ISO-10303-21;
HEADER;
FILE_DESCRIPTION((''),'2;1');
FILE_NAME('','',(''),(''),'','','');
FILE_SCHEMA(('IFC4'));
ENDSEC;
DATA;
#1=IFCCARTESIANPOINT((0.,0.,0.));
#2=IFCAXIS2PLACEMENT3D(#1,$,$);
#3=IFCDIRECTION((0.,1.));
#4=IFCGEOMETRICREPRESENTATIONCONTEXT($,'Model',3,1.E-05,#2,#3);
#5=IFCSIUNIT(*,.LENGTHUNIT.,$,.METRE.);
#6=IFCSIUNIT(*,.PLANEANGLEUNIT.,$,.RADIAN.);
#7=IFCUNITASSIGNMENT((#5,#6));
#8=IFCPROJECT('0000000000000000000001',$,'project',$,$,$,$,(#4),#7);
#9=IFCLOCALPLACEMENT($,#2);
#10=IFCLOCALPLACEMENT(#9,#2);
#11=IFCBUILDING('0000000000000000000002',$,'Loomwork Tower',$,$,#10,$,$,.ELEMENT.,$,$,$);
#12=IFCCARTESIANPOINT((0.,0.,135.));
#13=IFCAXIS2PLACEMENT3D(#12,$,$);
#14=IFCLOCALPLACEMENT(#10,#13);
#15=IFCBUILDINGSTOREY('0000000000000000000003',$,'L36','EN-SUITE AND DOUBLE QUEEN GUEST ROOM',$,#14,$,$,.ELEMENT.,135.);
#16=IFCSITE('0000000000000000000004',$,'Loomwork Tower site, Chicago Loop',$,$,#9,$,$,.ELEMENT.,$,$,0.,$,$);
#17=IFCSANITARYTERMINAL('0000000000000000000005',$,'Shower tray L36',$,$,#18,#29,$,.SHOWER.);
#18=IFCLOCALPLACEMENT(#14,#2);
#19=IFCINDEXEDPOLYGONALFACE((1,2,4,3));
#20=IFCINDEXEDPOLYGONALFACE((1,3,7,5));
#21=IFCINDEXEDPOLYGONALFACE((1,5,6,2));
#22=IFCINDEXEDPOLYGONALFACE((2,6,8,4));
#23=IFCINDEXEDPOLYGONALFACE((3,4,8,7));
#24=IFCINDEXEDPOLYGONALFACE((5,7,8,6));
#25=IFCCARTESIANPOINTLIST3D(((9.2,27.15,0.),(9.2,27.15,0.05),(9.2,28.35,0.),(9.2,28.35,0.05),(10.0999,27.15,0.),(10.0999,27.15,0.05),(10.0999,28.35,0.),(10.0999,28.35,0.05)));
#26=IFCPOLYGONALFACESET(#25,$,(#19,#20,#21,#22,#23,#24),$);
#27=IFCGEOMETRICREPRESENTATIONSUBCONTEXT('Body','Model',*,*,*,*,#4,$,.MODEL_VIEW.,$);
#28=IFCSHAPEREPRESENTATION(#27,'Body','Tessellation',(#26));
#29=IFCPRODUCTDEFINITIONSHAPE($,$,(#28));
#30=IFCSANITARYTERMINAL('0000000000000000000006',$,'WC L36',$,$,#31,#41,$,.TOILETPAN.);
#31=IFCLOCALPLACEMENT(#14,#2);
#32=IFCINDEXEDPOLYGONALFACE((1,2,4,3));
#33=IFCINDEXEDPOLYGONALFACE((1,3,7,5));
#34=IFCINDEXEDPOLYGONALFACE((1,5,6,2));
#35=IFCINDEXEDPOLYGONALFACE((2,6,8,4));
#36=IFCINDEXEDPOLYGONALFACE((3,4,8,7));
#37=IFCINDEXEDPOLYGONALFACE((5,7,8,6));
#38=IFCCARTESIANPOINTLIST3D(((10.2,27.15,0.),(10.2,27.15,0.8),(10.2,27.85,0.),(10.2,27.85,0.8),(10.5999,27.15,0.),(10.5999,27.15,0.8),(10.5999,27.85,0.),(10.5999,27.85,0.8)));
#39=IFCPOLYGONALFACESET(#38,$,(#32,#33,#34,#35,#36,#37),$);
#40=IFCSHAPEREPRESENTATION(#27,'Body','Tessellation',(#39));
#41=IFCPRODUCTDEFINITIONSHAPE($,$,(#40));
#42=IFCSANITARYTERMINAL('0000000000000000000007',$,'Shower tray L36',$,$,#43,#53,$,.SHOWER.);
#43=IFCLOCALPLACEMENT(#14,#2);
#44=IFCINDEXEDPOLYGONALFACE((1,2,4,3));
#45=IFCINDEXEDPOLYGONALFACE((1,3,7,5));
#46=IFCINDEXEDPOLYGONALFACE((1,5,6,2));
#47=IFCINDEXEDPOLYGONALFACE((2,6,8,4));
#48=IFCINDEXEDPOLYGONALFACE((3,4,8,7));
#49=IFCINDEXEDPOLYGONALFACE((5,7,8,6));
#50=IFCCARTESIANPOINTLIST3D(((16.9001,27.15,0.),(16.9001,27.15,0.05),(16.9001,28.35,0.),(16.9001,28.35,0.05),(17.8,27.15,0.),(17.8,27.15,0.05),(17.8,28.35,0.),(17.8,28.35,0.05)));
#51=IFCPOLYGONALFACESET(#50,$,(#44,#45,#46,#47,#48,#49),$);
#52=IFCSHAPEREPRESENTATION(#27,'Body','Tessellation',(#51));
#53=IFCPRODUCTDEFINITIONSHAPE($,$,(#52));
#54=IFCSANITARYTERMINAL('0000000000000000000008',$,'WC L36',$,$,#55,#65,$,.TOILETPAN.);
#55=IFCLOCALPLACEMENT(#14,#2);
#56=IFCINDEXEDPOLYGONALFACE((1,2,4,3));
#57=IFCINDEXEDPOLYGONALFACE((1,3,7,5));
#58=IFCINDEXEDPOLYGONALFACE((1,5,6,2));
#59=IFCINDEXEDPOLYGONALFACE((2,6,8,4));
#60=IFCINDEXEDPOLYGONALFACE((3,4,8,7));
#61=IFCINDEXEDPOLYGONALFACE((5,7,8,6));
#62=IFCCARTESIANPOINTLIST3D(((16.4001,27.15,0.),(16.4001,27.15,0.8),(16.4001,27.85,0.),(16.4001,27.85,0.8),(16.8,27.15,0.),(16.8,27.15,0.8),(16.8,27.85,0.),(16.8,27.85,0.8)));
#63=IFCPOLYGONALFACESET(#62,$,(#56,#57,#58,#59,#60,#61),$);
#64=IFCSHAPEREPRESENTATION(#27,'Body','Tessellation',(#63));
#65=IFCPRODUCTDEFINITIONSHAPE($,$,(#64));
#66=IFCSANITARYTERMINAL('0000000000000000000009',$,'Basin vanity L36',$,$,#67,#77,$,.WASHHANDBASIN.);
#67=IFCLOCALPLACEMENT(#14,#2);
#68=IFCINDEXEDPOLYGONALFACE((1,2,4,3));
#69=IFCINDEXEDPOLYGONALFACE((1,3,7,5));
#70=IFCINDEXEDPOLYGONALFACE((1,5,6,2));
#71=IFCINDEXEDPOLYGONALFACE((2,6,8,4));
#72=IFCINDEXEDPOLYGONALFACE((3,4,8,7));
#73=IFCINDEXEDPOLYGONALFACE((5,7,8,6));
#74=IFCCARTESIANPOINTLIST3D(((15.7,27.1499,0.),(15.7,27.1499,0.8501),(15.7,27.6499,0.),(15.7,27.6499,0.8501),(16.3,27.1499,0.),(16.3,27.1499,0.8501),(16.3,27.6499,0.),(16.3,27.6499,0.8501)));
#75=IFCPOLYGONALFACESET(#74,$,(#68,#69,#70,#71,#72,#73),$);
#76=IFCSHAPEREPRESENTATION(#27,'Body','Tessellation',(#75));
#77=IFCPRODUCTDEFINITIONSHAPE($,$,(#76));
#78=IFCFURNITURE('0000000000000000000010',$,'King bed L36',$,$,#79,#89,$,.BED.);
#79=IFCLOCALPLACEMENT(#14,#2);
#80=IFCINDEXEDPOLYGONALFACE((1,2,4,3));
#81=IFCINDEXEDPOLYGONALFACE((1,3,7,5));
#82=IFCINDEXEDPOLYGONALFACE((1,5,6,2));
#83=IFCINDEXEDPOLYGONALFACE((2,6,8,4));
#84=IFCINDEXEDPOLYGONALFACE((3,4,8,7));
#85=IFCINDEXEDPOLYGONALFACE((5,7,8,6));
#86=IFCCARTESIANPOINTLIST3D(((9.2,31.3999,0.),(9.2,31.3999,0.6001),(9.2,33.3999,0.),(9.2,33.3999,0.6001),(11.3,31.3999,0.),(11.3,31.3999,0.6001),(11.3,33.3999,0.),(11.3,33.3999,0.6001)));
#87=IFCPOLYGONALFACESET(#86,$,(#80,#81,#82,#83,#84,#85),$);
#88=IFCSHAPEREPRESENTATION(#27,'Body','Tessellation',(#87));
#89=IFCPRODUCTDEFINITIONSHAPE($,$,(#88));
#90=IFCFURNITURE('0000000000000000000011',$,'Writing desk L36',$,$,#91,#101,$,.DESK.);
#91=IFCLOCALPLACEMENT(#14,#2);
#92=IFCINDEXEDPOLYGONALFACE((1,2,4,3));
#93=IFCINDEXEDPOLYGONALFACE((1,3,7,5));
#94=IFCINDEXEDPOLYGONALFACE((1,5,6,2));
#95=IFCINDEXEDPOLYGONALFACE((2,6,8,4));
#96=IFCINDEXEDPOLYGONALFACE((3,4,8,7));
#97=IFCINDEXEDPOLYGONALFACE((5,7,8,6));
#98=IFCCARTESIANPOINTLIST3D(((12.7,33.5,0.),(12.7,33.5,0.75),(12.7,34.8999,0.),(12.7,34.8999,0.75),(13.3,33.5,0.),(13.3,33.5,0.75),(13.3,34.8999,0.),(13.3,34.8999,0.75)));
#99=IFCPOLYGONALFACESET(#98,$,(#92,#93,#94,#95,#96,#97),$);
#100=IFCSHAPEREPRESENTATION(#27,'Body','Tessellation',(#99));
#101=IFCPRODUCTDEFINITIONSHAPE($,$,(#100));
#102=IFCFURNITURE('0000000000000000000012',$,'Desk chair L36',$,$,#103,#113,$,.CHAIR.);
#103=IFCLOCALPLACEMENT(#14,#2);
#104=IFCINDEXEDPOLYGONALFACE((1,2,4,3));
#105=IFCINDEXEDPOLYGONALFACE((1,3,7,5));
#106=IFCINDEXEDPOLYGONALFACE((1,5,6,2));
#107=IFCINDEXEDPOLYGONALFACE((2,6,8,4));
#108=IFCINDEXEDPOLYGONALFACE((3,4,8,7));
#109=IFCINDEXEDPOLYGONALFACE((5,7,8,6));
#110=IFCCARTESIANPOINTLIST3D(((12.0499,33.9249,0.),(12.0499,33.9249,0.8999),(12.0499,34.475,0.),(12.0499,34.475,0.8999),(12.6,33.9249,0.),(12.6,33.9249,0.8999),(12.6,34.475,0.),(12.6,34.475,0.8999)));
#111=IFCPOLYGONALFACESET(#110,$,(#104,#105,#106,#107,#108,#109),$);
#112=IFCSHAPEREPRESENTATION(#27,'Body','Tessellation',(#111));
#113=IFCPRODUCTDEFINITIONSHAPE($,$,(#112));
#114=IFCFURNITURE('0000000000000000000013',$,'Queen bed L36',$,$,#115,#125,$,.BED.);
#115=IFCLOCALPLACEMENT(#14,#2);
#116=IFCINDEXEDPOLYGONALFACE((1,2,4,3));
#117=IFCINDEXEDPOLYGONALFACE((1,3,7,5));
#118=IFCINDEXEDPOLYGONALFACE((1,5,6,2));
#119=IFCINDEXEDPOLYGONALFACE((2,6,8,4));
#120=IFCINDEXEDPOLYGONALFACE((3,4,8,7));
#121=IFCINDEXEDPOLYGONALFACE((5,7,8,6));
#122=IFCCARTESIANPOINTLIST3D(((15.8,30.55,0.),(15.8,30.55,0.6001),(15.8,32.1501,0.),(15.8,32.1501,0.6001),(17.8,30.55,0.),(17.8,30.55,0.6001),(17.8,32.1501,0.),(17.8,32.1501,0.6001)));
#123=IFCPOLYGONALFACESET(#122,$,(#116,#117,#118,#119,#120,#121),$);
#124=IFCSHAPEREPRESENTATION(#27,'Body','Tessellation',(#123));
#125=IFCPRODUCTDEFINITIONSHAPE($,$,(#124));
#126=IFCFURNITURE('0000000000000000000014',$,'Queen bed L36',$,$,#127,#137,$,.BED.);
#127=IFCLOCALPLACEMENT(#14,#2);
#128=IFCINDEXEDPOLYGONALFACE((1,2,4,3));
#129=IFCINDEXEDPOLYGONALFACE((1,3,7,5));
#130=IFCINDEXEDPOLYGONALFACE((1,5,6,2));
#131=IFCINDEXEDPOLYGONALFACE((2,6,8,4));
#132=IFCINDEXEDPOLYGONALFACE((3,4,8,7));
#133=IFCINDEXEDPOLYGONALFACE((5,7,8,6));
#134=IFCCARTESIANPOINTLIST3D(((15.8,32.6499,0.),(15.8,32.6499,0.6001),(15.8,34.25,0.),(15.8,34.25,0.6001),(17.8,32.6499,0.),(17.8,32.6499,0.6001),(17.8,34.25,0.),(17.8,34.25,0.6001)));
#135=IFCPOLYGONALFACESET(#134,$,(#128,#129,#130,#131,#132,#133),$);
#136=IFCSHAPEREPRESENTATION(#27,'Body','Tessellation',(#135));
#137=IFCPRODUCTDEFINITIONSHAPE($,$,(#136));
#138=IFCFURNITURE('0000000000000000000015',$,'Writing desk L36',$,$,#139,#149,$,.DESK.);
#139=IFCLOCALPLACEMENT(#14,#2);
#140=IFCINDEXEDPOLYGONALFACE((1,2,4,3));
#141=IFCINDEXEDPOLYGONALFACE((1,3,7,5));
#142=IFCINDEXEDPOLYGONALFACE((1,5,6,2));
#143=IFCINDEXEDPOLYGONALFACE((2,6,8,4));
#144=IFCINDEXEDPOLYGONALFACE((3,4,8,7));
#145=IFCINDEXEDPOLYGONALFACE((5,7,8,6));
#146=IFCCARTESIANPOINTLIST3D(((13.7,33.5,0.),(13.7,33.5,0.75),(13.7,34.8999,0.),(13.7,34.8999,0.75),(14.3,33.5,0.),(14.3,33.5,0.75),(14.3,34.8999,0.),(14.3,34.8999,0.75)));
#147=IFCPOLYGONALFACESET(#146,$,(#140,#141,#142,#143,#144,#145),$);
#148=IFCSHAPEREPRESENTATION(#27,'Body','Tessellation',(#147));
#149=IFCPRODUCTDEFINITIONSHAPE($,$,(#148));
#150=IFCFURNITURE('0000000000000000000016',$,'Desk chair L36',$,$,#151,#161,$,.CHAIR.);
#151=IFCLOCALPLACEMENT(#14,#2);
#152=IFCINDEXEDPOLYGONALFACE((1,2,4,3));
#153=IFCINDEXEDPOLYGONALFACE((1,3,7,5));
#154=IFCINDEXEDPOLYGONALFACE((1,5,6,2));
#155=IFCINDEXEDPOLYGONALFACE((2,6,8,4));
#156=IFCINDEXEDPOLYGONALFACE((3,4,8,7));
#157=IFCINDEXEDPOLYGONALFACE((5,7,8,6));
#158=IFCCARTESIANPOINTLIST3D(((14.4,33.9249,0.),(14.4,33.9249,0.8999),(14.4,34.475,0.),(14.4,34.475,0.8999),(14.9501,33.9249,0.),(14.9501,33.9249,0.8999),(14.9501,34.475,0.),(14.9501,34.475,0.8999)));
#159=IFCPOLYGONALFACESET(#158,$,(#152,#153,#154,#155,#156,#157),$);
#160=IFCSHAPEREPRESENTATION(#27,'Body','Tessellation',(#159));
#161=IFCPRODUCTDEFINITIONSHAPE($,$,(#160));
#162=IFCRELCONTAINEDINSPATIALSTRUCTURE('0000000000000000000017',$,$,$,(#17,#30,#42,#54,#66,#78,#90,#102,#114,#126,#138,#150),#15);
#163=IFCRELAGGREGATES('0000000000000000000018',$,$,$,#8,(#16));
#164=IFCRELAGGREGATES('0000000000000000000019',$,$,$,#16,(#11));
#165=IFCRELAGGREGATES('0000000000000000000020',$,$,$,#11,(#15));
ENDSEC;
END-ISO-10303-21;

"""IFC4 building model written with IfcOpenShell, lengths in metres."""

from ifc_helpers import new_model, si_unit, direction, frame, origin, origin_2d, place, context, subcontext, project, spatial, rectangle, extrude, element, save


model = new_model("IFC4")

# Units and contexts
model_context = context("Model", 3, precision=1e-05, world=origin(), true_north=direction((0.0, 1.0)))
body_context = subcontext(model_context, "Body", "Model", "MODEL_VIEW")
ifc_project = project(units=[si_unit("LENGTHUNIT", "METRE"), si_unit("PLANEANGLEUNIT", "RADIAN")], contexts=[model_context])

# Site, building, storey
site_placement = place(None, origin())
site = spatial("IfcSite", under=ifc_project, at=site_placement, Name="Loomwork Tower site, Chicago Loop", CompositionType="ELEMENT", RefElevation=0.0)
building_placement = place(site_placement, origin())
building = spatial("IfcBuilding", under=site, at=building_placement, Name="Loomwork Tower", CompositionType="ELEMENT")
storey_placement = place(building_placement, frame((0.0, 0.0, 135.0)))
storey = spatial("IfcBuildingStorey", under=building, at=storey_placement, Name="L36", Description="EN-SUITE AND DOUBLE QUEEN GUEST ROOM", CompositionType="ELEMENT", Elevation=135.0)

# Sanitary terminals
sanitary_terminal_1_placement = place(storey_placement, frame((9.6499, 27.75, 0.0), z_axis=(0.0, 0.0, 1.0), x_axis=(1.0, 0.0, 0.0)))
element("IfcSanitaryTerminal", 1, at=sanitary_terminal_1_placement, inside=storey, Name="Shower tray L36", PredefinedType="SHOWER", context=body_context, shape_type="SweptSolid", body=[
    extrude(rectangle(XDim=0.8999, YDim=1.2, at=origin_2d()), origin(), (0.0, 0.0, 1.0), 0.05),
])
sanitary_terminal_2_placement = place(storey_placement, frame((10.3999, 27.5, 0.0), z_axis=(0.0, 0.0, 1.0), x_axis=(1.0, 0.0, 0.0)))
element("IfcSanitaryTerminal", 2, at=sanitary_terminal_2_placement, inside=storey, Name="WC L36", PredefinedType="TOILETPAN", context=body_context, shape_type="SweptSolid", body=[
    extrude(rectangle(XDim=0.3999, YDim=0.7, at=origin_2d()), origin(), (0.0, 0.0, 1.0), 0.8),
])
sanitary_terminal_3_placement = place(storey_placement, frame((17.3501, 27.75, 0.0), z_axis=(0.0, 0.0, 1.0), x_axis=(1.0, 0.0, 0.0)))
element("IfcSanitaryTerminal", 3, at=sanitary_terminal_3_placement, inside=storey, Name="Shower tray L36", PredefinedType="SHOWER", context=body_context, shape_type="SweptSolid", body=[
    extrude(rectangle(XDim=0.8999, YDim=1.2, at=origin_2d()), origin(), (0.0, 0.0, 1.0), 0.05),
])
sanitary_terminal_4_placement = place(storey_placement, frame((16.6001, 27.5, 0.0), z_axis=(0.0, 0.0, 1.0), x_axis=(1.0, 0.0, 0.0)))
element("IfcSanitaryTerminal", 4, at=sanitary_terminal_4_placement, inside=storey, Name="WC L36", PredefinedType="TOILETPAN", context=body_context, shape_type="SweptSolid", body=[
    extrude(rectangle(XDim=0.3999, YDim=0.7, at=origin_2d()), origin(), (0.0, 0.0, 1.0), 0.8),
])
sanitary_terminal_5_placement = place(storey_placement, frame((16.0, 27.3999, 0.0), z_axis=(0.0, 0.0, 1.0), x_axis=(1.0, 0.0, 0.0)))
element("IfcSanitaryTerminal", 5, at=sanitary_terminal_5_placement, inside=storey, Name="Basin vanity L36", PredefinedType="WASHHANDBASIN", context=body_context, shape_type="SweptSolid", body=[
    extrude(rectangle(XDim=0.6001, YDim=0.5, at=origin_2d()), origin(), (0.0, 0.0, 1.0), 0.8501),
])

# Furniture
furniture_1_placement = place(storey_placement, frame((10.25, 32.3999, 0.0), z_axis=(0.0, 0.0, 1.0), x_axis=(1.0, 0.0, 0.0)))
element("IfcFurniture", 6, at=furniture_1_placement, inside=storey, Name="King bed L36", PredefinedType="BED", context=body_context, shape_type="SweptSolid", body=[
    extrude(rectangle(XDim=2.1001, YDim=2.0, at=origin_2d()), origin(), (0.0, 0.0, 1.0), 0.6001),
])
furniture_2_placement = place(storey_placement, frame((13.0, 34.2, 0.0), z_axis=(0.0, 0.0, 1.0), x_axis=(1.0, 0.0, 0.0)))
element("IfcFurniture", 7, at=furniture_2_placement, inside=storey, Name="Writing desk L36", PredefinedType="DESK", context=body_context, shape_type="SweptSolid", body=[
    extrude(rectangle(XDim=0.6001, YDim=1.3999, at=origin_2d()), origin(), (0.0, 0.0, 1.0), 0.75),
])
furniture_3_placement = place(storey_placement, frame((12.325, 34.2, 0.0), z_axis=(0.0, 0.0, 1.0), x_axis=(1.0, 0.0, 0.0)))
element("IfcFurniture", 8, at=furniture_3_placement, inside=storey, Name="Desk chair L36", PredefinedType="CHAIR", context=body_context, shape_type="SweptSolid", body=[
    extrude(rectangle(XDim=0.55, YDim=0.55, at=origin_2d()), origin(), (0.0, 0.0, 1.0), 0.8999),
])
for number, where, z_axis, x_axis, name in (
    (9, (16.8, 31.3501, 0.0), (0.0, 0.0, 1.0), (1.0, 0.0, 0.0), "Queen bed L36"),
    (10, (16.8, 33.45, 0.0), (0.0, 0.0, 1.0), (1.0, 0.0, 0.0), "Queen bed L36"),
):
    element("IfcFurniture", number, at=place(storey_placement, frame(where, z_axis=z_axis, x_axis=x_axis)), inside=storey, Name=name, PredefinedType="BED", context=body_context, shape_type="SweptSolid", body=[
        extrude(rectangle(XDim=2.0, YDim=1.6001, at=origin_2d()), origin(), (0.0, 0.0, 1.0), 0.6001),
    ])
furniture_4_placement = place(storey_placement, frame((14.0, 34.2, 0.0), z_axis=(0.0, 0.0, 1.0), x_axis=(1.0, 0.0, 0.0)))
element("IfcFurniture", 11, at=furniture_4_placement, inside=storey, Name="Writing desk L36", PredefinedType="DESK", context=body_context, shape_type="SweptSolid", body=[
    extrude(rectangle(XDim=0.6001, YDim=1.3999, at=origin_2d()), origin(), (0.0, 0.0, 1.0), 0.75),
])
furniture_5_placement = place(storey_placement, frame((14.675, 34.2, 0.0), z_axis=(0.0, 0.0, 1.0), x_axis=(1.0, 0.0, 0.0)))
element("IfcFurniture", 12, at=furniture_5_placement, inside=storey, Name="Desk chair L36", PredefinedType="CHAIR", context=body_context, shape_type="SweptSolid", body=[
    extrude(rectangle(XDim=0.55, YDim=0.55, at=origin_2d()), origin(), (0.0, 0.0, 1.0), 0.8999),
])

save(model, "model.ifc")
